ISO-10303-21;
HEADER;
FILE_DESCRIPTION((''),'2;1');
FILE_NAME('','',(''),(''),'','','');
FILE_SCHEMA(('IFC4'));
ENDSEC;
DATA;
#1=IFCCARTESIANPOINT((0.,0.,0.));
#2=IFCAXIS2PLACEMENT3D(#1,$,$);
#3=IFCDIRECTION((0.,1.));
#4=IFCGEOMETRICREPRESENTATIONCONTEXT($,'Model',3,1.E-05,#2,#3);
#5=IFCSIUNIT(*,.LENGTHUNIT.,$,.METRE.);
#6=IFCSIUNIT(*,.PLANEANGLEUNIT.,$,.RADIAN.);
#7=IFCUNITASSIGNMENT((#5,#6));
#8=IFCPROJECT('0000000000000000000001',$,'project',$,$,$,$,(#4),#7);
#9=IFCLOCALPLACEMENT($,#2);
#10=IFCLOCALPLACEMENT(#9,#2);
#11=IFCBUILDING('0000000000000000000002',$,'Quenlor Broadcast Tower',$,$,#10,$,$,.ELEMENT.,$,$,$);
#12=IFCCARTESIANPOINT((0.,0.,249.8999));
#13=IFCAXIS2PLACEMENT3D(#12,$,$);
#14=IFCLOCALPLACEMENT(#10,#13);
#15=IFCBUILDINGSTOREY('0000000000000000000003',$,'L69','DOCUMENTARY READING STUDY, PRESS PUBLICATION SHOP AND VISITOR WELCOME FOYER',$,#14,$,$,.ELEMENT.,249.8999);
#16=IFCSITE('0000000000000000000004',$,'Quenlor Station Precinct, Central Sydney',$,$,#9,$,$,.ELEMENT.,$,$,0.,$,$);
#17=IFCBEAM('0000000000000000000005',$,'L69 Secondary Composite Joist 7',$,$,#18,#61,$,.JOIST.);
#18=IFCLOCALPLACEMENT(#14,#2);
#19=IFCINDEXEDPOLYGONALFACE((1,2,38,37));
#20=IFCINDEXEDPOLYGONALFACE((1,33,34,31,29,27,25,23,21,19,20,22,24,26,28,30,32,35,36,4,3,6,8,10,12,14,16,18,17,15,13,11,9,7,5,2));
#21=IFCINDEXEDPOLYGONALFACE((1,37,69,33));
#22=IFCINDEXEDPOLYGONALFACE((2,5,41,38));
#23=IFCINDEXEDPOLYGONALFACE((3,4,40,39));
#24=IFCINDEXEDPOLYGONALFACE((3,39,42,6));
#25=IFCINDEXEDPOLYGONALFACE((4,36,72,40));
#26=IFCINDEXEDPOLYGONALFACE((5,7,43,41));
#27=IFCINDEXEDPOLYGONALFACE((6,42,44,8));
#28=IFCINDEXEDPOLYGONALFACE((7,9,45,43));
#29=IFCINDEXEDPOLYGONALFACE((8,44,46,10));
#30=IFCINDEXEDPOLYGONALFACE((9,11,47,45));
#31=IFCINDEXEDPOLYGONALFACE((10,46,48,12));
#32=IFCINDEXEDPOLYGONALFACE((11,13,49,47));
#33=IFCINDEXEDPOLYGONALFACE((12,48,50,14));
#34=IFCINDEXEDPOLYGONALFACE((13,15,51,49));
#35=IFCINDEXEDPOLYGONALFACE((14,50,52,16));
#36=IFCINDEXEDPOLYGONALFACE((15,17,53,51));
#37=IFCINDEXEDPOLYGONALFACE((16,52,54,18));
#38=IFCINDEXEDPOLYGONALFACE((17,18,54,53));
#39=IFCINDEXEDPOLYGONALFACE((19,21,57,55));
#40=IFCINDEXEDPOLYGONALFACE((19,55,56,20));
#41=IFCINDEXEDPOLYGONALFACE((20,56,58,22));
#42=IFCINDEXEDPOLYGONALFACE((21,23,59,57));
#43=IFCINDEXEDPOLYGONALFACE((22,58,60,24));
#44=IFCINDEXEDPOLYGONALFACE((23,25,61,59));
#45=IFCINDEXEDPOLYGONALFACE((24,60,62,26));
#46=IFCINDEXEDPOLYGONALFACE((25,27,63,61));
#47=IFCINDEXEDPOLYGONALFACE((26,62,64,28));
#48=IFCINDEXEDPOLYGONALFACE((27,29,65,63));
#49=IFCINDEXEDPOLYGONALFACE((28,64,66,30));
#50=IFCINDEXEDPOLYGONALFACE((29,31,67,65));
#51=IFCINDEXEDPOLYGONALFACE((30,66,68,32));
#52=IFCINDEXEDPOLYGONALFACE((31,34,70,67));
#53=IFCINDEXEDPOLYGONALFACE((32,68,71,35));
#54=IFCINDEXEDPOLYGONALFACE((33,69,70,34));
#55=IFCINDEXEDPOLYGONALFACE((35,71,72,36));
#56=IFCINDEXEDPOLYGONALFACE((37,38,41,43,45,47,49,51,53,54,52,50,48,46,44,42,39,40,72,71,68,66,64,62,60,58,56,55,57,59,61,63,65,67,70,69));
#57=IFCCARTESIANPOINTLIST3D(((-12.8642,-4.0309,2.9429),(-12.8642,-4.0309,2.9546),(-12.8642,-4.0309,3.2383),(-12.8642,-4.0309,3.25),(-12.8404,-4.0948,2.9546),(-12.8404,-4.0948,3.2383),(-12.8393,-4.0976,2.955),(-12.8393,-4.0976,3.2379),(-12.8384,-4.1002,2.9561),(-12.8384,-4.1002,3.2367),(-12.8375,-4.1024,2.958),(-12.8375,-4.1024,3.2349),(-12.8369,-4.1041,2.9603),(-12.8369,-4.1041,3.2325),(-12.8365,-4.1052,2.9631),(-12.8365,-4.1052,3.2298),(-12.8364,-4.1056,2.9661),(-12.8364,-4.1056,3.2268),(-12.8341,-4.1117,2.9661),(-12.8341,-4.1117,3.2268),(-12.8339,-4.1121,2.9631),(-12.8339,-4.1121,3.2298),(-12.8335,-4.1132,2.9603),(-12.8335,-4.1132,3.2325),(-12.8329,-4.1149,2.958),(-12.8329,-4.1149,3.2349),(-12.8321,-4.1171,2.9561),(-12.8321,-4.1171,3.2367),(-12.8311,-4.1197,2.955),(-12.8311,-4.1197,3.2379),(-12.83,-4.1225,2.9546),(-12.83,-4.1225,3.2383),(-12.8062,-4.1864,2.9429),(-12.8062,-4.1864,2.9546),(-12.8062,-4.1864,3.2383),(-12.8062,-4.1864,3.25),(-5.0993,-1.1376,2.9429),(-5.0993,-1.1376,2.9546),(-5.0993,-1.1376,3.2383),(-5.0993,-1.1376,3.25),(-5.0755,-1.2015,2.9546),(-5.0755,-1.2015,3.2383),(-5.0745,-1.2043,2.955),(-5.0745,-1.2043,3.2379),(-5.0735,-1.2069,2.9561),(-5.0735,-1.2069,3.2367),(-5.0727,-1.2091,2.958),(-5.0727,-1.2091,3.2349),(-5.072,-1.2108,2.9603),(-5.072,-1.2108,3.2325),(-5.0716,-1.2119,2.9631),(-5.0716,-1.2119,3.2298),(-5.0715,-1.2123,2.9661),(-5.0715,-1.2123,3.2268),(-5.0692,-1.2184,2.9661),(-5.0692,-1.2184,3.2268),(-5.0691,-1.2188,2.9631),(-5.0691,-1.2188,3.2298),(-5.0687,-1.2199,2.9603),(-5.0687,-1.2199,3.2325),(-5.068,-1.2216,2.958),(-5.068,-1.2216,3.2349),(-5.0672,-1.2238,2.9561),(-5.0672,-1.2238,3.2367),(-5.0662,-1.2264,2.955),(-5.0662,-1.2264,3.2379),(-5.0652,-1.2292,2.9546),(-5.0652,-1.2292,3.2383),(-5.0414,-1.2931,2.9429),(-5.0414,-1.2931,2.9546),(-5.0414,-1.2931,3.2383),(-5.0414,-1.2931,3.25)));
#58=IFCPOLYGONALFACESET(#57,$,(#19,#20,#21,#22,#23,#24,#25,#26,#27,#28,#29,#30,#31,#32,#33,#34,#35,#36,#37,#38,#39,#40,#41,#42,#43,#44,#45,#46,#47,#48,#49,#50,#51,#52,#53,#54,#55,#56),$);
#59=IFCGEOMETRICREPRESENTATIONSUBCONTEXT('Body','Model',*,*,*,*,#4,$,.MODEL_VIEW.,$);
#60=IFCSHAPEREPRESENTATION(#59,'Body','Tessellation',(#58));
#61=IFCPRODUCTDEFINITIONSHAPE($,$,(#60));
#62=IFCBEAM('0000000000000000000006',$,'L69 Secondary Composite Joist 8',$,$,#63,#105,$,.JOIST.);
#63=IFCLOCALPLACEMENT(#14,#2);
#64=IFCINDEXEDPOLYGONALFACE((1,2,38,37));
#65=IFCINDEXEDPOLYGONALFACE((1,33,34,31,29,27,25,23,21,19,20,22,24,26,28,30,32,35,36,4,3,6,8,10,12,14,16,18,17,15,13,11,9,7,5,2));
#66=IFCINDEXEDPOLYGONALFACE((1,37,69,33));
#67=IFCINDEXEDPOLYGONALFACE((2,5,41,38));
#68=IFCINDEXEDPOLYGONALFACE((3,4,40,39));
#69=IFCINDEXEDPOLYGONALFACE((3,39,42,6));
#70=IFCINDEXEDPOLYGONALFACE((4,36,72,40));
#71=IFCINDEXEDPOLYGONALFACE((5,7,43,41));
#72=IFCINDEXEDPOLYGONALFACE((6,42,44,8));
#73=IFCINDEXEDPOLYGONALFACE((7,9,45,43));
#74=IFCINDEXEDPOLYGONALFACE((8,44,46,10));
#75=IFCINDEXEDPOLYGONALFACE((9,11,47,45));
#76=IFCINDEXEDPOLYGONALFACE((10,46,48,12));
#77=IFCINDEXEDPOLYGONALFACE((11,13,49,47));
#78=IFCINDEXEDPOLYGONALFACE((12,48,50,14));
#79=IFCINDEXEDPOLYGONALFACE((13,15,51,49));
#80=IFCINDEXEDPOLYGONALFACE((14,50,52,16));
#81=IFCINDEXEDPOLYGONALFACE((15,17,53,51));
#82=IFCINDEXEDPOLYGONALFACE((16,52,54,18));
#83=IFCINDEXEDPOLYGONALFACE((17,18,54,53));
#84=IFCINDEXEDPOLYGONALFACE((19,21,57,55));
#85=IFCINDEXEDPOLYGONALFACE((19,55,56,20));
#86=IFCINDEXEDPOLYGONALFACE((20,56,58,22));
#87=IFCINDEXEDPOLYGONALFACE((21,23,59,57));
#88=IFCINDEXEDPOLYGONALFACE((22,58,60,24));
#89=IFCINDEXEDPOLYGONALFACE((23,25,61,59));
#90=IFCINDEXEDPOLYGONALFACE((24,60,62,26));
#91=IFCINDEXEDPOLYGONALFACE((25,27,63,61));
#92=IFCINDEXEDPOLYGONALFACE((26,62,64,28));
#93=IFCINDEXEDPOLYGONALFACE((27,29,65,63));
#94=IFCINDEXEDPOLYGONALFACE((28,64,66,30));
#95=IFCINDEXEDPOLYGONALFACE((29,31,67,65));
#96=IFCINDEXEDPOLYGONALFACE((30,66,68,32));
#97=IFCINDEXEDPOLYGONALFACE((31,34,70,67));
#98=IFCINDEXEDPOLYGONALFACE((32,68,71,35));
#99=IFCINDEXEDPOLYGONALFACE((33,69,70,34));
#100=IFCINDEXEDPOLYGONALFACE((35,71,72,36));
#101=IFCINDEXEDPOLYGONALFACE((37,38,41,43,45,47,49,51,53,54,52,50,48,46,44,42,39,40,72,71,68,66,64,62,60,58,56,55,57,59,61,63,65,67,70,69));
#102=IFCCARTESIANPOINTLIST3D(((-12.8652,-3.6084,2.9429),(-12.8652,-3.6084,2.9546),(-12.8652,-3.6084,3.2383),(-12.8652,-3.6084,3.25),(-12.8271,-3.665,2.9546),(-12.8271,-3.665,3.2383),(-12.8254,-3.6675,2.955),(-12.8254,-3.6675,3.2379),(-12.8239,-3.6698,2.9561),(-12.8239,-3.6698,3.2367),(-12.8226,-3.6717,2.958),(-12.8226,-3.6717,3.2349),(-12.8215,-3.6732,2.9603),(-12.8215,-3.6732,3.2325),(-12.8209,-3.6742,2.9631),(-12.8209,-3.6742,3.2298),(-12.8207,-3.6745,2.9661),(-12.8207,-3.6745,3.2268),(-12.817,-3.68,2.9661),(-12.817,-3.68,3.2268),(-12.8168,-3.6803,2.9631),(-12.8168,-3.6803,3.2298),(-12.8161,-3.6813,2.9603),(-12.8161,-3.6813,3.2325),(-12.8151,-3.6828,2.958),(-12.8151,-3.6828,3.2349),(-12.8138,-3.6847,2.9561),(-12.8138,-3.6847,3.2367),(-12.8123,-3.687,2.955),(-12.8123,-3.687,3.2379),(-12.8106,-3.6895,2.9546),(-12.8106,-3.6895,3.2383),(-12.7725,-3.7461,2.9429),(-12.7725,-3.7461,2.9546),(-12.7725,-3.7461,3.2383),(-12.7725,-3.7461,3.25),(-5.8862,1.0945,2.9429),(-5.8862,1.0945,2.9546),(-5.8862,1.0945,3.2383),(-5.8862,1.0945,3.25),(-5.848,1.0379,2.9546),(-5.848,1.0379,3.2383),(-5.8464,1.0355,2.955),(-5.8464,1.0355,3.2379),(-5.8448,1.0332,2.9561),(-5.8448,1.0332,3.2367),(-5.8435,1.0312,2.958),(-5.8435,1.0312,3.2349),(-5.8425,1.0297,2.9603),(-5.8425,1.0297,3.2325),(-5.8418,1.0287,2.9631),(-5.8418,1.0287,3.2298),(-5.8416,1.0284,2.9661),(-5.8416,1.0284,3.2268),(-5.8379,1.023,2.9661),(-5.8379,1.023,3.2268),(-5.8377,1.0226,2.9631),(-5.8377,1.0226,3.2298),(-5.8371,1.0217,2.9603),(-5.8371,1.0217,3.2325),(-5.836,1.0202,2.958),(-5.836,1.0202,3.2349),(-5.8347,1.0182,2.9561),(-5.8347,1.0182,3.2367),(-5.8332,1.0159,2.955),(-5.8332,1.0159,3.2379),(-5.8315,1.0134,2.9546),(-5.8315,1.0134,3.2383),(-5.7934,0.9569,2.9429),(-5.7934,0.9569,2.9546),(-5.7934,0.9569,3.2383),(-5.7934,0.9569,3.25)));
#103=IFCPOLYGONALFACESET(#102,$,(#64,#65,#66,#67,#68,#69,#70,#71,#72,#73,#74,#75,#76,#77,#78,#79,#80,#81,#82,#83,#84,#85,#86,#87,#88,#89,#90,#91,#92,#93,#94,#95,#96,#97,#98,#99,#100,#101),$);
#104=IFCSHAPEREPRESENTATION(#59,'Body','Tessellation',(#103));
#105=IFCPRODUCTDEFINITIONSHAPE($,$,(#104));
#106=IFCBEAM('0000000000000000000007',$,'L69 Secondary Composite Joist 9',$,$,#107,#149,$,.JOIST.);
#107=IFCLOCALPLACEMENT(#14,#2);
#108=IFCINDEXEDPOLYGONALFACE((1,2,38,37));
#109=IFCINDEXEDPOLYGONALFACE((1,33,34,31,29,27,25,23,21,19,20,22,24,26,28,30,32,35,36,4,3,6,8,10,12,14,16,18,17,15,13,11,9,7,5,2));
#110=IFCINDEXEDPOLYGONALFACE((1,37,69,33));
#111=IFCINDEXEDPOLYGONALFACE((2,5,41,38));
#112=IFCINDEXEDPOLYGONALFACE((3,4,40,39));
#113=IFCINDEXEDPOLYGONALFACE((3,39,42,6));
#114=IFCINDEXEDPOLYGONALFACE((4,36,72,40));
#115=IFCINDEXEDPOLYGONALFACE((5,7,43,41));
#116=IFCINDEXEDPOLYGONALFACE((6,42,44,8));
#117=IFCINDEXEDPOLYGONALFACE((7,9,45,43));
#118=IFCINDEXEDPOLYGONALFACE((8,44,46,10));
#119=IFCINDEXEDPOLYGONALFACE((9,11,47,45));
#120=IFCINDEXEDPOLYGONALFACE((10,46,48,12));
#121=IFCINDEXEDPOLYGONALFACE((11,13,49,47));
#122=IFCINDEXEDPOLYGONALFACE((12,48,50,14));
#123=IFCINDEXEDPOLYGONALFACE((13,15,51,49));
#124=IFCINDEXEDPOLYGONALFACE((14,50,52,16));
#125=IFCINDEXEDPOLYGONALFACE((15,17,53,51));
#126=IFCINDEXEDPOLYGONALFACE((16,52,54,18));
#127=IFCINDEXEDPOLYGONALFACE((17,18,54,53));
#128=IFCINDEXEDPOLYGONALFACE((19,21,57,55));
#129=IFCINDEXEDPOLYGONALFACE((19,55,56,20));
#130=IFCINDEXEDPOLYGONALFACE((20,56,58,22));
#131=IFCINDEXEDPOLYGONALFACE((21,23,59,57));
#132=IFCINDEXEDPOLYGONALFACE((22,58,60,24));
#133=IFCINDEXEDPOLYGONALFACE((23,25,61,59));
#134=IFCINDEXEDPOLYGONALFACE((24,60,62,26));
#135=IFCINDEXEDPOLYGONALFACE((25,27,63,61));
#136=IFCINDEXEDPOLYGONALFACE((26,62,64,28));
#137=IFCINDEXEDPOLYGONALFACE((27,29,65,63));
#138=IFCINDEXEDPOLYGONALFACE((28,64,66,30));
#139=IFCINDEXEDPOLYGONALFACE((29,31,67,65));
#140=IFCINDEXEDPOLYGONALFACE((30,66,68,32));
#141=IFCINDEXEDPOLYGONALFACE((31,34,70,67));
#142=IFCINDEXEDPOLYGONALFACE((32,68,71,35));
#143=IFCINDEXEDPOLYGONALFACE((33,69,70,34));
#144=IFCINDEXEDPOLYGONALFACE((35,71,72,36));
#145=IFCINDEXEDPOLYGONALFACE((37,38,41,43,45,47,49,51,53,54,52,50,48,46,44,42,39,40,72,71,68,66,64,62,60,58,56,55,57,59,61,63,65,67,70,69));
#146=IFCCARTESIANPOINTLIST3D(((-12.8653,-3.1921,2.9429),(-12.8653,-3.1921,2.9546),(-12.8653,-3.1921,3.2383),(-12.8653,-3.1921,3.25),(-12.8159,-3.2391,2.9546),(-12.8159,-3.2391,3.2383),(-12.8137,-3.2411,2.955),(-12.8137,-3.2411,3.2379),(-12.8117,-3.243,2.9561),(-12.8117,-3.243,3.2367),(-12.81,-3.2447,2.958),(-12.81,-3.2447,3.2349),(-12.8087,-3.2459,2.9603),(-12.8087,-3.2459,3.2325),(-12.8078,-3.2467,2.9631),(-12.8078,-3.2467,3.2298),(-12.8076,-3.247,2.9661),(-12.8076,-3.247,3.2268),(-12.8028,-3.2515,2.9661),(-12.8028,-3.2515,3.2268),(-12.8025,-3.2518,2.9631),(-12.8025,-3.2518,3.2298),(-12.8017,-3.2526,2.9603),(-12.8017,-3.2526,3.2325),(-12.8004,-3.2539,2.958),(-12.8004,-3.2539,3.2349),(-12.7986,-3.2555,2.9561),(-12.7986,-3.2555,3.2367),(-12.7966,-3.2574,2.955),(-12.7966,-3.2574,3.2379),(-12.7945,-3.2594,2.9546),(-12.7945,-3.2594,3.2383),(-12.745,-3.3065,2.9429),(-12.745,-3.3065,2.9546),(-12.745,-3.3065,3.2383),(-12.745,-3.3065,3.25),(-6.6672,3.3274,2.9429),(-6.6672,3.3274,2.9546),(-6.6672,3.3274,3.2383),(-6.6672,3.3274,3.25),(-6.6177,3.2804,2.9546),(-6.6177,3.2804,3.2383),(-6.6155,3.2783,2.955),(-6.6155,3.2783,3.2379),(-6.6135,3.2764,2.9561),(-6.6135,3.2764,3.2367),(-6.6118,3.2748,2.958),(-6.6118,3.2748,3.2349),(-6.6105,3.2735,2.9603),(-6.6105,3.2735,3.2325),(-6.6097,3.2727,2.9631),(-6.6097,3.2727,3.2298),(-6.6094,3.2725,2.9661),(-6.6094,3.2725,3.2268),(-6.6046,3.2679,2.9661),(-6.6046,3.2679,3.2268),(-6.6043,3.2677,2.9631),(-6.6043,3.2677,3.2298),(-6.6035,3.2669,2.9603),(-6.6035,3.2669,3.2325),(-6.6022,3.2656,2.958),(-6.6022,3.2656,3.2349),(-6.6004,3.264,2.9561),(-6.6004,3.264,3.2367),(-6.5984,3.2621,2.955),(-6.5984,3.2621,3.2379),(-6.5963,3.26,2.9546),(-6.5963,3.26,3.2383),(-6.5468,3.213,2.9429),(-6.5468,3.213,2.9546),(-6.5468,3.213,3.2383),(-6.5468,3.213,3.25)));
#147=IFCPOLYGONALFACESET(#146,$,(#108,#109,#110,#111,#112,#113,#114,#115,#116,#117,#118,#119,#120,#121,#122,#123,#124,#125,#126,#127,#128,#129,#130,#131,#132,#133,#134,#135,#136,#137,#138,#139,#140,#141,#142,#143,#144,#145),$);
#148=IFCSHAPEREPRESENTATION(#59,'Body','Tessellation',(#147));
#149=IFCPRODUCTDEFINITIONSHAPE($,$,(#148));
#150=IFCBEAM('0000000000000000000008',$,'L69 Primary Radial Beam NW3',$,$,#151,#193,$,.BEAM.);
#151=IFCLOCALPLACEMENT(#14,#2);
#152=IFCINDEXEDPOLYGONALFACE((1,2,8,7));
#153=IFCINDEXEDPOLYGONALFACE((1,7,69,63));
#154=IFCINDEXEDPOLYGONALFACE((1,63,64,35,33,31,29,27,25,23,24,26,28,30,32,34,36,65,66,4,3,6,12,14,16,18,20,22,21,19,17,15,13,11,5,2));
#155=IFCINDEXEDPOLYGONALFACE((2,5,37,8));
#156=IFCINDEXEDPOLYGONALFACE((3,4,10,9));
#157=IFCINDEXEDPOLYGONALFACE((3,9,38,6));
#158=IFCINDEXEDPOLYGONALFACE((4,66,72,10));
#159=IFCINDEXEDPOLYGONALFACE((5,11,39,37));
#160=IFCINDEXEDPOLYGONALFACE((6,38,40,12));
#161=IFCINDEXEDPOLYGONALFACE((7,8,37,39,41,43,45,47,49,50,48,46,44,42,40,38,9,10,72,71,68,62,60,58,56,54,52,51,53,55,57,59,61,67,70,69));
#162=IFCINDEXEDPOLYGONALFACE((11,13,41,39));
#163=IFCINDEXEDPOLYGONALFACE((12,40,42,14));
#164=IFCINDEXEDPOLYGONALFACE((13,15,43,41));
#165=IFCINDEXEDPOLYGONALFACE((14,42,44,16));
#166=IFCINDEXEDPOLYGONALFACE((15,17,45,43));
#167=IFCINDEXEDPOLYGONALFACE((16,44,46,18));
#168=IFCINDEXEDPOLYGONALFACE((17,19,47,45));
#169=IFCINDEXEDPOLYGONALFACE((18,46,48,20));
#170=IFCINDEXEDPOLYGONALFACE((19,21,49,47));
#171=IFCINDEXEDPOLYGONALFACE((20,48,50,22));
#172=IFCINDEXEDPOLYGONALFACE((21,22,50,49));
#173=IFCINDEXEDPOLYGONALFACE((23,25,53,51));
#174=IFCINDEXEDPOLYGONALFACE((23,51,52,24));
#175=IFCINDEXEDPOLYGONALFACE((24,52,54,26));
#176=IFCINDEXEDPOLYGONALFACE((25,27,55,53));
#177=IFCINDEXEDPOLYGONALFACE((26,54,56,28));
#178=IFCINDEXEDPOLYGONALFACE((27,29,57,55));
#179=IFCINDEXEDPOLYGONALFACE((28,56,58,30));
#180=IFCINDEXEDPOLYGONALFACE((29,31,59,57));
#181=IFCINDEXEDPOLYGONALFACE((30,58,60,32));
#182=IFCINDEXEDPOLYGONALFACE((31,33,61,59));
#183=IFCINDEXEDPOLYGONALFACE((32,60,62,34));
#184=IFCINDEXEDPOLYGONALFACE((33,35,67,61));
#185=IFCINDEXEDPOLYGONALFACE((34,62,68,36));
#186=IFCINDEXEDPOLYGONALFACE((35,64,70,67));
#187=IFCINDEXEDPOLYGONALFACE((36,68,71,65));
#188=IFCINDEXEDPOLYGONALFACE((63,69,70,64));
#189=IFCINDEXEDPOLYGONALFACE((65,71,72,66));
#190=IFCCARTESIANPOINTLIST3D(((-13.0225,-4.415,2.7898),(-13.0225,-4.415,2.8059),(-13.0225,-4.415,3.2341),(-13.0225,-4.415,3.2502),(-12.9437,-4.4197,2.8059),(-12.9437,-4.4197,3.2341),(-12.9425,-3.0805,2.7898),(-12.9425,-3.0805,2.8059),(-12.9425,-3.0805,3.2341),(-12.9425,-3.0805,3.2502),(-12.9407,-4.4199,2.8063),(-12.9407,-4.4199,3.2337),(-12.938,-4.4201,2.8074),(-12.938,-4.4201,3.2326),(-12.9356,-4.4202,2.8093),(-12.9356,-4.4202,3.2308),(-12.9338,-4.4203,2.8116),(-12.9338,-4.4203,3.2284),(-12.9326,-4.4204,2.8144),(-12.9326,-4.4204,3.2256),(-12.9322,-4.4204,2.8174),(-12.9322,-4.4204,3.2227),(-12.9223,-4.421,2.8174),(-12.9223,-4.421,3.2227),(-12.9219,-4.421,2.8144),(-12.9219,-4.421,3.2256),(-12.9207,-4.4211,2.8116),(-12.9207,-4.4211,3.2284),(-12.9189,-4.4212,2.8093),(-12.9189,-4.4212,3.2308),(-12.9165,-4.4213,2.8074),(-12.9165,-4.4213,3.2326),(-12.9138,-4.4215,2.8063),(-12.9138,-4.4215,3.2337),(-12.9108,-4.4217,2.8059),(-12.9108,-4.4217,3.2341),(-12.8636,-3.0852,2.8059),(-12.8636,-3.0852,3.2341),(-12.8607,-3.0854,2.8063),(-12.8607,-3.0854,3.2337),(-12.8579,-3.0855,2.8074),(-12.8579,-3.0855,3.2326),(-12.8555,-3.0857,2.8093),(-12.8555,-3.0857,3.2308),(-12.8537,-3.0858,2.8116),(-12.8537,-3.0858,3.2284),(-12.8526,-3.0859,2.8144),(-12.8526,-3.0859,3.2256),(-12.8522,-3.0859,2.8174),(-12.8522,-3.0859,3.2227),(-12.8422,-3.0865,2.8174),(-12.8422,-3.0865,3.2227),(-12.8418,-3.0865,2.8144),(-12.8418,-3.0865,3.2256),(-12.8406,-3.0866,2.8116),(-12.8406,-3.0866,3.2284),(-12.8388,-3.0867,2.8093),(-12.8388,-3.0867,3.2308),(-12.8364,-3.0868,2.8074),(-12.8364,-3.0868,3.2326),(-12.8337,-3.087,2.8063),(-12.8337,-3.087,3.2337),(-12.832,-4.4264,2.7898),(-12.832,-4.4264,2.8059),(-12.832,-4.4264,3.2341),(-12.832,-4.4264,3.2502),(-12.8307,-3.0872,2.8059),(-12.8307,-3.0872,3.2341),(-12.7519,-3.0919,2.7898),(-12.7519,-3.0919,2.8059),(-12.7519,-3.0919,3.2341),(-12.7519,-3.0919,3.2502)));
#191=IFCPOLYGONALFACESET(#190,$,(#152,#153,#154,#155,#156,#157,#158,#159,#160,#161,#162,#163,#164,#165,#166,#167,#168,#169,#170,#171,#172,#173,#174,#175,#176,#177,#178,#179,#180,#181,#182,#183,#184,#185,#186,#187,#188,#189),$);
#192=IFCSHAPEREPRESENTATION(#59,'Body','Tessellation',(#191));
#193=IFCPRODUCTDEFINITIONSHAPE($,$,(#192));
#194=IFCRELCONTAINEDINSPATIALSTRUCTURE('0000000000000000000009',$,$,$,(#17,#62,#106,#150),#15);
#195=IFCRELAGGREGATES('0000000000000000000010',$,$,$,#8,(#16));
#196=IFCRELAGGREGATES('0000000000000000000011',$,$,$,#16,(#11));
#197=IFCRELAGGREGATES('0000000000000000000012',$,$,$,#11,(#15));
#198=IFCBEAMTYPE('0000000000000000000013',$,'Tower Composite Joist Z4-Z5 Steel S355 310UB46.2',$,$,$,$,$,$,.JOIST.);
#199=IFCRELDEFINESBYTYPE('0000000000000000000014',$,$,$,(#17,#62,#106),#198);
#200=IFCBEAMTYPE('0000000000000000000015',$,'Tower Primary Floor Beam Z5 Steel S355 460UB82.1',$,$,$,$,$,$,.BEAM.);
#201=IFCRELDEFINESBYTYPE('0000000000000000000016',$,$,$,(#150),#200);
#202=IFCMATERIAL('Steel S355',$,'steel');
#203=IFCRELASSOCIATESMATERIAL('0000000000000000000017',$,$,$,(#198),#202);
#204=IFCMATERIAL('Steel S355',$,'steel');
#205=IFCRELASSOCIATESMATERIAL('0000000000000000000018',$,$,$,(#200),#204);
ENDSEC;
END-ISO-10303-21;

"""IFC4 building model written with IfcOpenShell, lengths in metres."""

from ifc_helpers import new_model, si_unit, direction, frame, origin, origin_2d, place, context, subcontext, project, spatial, i_section, extrude, material, material_profile, profile_set, type_object, element, save


model = new_model("IFC4")

# Units and contexts
model_context = context("Model", 3, precision=1e-05, world=origin(), true_north=direction((0.0, 1.0)))
body_context = subcontext(model_context, "Body", "Model", "MODEL_VIEW")
ifc_project = project(units=[si_unit("LENGTHUNIT", "METRE"), si_unit("PLANEANGLEUNIT", "RADIAN")], contexts=[model_context])

# Site, building, storey
site_placement = place(None, origin())
site = spatial("IfcSite", under=ifc_project, at=site_placement, Name="Quenlor Station Precinct, Central Sydney", CompositionType="ELEMENT", RefElevation=0.0)
building_placement = place(site_placement, origin())
building = spatial("IfcBuilding", under=site, at=building_placement, Name="Quenlor Broadcast Tower", CompositionType="ELEMENT")
storey_placement = place(building_placement, frame((0.0, 0.0, 249.8999)))
storey = spatial("IfcBuildingStorey", under=building, at=storey_placement, Name="L69", Description="DOCUMENTARY READING STUDY, PRESS PUBLICATION SHOP AND VISITOR WELCOME FOYER", CompositionType="ELEMENT", Elevation=249.8999)

# Beams
ifc_material_1 = material(Name="Steel S355", Category="steel")
ifc_material_profile_1 = material_profile(ifc_material_1, i_section(OverallWidth=0.166, OverallDepth=0.3071, WebThickness=0.0066, FlangeThickness=0.0117, FilletRadius=0.0115, at=origin_2d()))
ifc_profile_set_1 = profile_set([ifc_material_profile_1], Name="Steel S355 310UB46.2")
beam_type_1 = type_object("IfcBeamType", Name="Tower Composite Joist Z4-Z5 Steel S355 310UB46.2", PredefinedType="JOIST", material=ifc_profile_set_1)
beam_1_placement = place(storey_placement, frame((-12.8352, -4.1086, 3.0964), z_axis=(0.937062, 0.349163, 0.0), x_axis=(-0.349163, 0.937062, 0.0)))
element("IfcBeam", 1, at=beam_1_placement, inside=storey, type_object=beam_type_1, Name="L69 Secondary Composite Joist 7", PredefinedType="JOIST", context=body_context, shape_type="SweptSolid", body=[
    extrude(i_section(OverallWidth=0.166, OverallDepth=0.3071, WebThickness=0.0066, FlangeThickness=0.0117, FilletRadius=0.0115, at=origin_2d()), origin(), (0.0, 0.0, 1.0), 8.2864),
])
beam_2_placement = place(storey_placement, frame((-12.8188, -3.6772, 3.0964), z_axis=(0.829286, 0.558824, 0.0), x_axis=(-0.558824, 0.829286, 0.0)))
element("IfcBeam", 2, at=beam_2_placement, inside=storey, type_object=beam_type_1, Name="L69 Secondary Composite Joist 8", PredefinedType="JOIST", context=body_context, shape_type="SweptSolid", body=[
    extrude(i_section(OverallWidth=0.166, OverallDepth=0.3071, WebThickness=0.0066, FlangeThickness=0.0117, FilletRadius=0.0115, at=origin_2d()), origin(), (0.0, 0.0, 1.0), 8.4158),
])
beam_3_placement = place(storey_placement, frame((-12.8052, -3.2493, 3.0964), z_axis=(0.689023, 0.724739, 0.0), x_axis=(-0.724739, 0.689023, 0.0)))
element("IfcBeam", 3, at=beam_3_placement, inside=storey, type_object=beam_type_1, Name="L69 Secondary Composite Joist 9", PredefinedType="JOIST", context=body_context, shape_type="SweptSolid", body=[
    extrude(i_section(OverallWidth=0.166, OverallDepth=0.3071, WebThickness=0.0066, FlangeThickness=0.0117, FilletRadius=0.0115, at=origin_2d()), origin(), (0.0, 0.0, 1.0), 8.9956),
])
ifc_material_2 = material(Name="Steel S355", Category="steel")
ifc_material_profile_2 = material_profile(ifc_material_2, i_section(OverallWidth=0.1909, OverallDepth=0.4604, WebThickness=0.01, FlangeThickness=0.0161, FilletRadius=0.0115, at=origin_2d()))
ifc_profile_set_2 = profile_set([ifc_material_profile_2], Name="Steel S355 460UB82.1")
beam_type_2 = type_object("IfcBeamType", Name="Tower Primary Floor Beam Z5 Steel S355 460UB82.1", PredefinedType="BEAM", material=ifc_profile_set_2)
beam_4_placement = place(storey_placement, frame((-12.8472, -3.0862, 3.02), z_axis=(-0.0599, -0.998204, 0.0), x_axis=(0.998204, -0.0599, 0.0)))
element("IfcBeam", 4, at=beam_4_placement, inside=storey, type_object=beam_type_2, Name="L69 Primary Radial Beam NW3", PredefinedType="BEAM", context=body_context, shape_type="SweptSolid", body=[
    extrude(i_section(OverallWidth=0.1909, OverallDepth=0.4604, WebThickness=0.01, FlangeThickness=0.0161, FilletRadius=0.0115, at=origin_2d()), origin(), (0.0, 0.0, 1.0), 1.3369),
])

save(model, "model.ifc")
